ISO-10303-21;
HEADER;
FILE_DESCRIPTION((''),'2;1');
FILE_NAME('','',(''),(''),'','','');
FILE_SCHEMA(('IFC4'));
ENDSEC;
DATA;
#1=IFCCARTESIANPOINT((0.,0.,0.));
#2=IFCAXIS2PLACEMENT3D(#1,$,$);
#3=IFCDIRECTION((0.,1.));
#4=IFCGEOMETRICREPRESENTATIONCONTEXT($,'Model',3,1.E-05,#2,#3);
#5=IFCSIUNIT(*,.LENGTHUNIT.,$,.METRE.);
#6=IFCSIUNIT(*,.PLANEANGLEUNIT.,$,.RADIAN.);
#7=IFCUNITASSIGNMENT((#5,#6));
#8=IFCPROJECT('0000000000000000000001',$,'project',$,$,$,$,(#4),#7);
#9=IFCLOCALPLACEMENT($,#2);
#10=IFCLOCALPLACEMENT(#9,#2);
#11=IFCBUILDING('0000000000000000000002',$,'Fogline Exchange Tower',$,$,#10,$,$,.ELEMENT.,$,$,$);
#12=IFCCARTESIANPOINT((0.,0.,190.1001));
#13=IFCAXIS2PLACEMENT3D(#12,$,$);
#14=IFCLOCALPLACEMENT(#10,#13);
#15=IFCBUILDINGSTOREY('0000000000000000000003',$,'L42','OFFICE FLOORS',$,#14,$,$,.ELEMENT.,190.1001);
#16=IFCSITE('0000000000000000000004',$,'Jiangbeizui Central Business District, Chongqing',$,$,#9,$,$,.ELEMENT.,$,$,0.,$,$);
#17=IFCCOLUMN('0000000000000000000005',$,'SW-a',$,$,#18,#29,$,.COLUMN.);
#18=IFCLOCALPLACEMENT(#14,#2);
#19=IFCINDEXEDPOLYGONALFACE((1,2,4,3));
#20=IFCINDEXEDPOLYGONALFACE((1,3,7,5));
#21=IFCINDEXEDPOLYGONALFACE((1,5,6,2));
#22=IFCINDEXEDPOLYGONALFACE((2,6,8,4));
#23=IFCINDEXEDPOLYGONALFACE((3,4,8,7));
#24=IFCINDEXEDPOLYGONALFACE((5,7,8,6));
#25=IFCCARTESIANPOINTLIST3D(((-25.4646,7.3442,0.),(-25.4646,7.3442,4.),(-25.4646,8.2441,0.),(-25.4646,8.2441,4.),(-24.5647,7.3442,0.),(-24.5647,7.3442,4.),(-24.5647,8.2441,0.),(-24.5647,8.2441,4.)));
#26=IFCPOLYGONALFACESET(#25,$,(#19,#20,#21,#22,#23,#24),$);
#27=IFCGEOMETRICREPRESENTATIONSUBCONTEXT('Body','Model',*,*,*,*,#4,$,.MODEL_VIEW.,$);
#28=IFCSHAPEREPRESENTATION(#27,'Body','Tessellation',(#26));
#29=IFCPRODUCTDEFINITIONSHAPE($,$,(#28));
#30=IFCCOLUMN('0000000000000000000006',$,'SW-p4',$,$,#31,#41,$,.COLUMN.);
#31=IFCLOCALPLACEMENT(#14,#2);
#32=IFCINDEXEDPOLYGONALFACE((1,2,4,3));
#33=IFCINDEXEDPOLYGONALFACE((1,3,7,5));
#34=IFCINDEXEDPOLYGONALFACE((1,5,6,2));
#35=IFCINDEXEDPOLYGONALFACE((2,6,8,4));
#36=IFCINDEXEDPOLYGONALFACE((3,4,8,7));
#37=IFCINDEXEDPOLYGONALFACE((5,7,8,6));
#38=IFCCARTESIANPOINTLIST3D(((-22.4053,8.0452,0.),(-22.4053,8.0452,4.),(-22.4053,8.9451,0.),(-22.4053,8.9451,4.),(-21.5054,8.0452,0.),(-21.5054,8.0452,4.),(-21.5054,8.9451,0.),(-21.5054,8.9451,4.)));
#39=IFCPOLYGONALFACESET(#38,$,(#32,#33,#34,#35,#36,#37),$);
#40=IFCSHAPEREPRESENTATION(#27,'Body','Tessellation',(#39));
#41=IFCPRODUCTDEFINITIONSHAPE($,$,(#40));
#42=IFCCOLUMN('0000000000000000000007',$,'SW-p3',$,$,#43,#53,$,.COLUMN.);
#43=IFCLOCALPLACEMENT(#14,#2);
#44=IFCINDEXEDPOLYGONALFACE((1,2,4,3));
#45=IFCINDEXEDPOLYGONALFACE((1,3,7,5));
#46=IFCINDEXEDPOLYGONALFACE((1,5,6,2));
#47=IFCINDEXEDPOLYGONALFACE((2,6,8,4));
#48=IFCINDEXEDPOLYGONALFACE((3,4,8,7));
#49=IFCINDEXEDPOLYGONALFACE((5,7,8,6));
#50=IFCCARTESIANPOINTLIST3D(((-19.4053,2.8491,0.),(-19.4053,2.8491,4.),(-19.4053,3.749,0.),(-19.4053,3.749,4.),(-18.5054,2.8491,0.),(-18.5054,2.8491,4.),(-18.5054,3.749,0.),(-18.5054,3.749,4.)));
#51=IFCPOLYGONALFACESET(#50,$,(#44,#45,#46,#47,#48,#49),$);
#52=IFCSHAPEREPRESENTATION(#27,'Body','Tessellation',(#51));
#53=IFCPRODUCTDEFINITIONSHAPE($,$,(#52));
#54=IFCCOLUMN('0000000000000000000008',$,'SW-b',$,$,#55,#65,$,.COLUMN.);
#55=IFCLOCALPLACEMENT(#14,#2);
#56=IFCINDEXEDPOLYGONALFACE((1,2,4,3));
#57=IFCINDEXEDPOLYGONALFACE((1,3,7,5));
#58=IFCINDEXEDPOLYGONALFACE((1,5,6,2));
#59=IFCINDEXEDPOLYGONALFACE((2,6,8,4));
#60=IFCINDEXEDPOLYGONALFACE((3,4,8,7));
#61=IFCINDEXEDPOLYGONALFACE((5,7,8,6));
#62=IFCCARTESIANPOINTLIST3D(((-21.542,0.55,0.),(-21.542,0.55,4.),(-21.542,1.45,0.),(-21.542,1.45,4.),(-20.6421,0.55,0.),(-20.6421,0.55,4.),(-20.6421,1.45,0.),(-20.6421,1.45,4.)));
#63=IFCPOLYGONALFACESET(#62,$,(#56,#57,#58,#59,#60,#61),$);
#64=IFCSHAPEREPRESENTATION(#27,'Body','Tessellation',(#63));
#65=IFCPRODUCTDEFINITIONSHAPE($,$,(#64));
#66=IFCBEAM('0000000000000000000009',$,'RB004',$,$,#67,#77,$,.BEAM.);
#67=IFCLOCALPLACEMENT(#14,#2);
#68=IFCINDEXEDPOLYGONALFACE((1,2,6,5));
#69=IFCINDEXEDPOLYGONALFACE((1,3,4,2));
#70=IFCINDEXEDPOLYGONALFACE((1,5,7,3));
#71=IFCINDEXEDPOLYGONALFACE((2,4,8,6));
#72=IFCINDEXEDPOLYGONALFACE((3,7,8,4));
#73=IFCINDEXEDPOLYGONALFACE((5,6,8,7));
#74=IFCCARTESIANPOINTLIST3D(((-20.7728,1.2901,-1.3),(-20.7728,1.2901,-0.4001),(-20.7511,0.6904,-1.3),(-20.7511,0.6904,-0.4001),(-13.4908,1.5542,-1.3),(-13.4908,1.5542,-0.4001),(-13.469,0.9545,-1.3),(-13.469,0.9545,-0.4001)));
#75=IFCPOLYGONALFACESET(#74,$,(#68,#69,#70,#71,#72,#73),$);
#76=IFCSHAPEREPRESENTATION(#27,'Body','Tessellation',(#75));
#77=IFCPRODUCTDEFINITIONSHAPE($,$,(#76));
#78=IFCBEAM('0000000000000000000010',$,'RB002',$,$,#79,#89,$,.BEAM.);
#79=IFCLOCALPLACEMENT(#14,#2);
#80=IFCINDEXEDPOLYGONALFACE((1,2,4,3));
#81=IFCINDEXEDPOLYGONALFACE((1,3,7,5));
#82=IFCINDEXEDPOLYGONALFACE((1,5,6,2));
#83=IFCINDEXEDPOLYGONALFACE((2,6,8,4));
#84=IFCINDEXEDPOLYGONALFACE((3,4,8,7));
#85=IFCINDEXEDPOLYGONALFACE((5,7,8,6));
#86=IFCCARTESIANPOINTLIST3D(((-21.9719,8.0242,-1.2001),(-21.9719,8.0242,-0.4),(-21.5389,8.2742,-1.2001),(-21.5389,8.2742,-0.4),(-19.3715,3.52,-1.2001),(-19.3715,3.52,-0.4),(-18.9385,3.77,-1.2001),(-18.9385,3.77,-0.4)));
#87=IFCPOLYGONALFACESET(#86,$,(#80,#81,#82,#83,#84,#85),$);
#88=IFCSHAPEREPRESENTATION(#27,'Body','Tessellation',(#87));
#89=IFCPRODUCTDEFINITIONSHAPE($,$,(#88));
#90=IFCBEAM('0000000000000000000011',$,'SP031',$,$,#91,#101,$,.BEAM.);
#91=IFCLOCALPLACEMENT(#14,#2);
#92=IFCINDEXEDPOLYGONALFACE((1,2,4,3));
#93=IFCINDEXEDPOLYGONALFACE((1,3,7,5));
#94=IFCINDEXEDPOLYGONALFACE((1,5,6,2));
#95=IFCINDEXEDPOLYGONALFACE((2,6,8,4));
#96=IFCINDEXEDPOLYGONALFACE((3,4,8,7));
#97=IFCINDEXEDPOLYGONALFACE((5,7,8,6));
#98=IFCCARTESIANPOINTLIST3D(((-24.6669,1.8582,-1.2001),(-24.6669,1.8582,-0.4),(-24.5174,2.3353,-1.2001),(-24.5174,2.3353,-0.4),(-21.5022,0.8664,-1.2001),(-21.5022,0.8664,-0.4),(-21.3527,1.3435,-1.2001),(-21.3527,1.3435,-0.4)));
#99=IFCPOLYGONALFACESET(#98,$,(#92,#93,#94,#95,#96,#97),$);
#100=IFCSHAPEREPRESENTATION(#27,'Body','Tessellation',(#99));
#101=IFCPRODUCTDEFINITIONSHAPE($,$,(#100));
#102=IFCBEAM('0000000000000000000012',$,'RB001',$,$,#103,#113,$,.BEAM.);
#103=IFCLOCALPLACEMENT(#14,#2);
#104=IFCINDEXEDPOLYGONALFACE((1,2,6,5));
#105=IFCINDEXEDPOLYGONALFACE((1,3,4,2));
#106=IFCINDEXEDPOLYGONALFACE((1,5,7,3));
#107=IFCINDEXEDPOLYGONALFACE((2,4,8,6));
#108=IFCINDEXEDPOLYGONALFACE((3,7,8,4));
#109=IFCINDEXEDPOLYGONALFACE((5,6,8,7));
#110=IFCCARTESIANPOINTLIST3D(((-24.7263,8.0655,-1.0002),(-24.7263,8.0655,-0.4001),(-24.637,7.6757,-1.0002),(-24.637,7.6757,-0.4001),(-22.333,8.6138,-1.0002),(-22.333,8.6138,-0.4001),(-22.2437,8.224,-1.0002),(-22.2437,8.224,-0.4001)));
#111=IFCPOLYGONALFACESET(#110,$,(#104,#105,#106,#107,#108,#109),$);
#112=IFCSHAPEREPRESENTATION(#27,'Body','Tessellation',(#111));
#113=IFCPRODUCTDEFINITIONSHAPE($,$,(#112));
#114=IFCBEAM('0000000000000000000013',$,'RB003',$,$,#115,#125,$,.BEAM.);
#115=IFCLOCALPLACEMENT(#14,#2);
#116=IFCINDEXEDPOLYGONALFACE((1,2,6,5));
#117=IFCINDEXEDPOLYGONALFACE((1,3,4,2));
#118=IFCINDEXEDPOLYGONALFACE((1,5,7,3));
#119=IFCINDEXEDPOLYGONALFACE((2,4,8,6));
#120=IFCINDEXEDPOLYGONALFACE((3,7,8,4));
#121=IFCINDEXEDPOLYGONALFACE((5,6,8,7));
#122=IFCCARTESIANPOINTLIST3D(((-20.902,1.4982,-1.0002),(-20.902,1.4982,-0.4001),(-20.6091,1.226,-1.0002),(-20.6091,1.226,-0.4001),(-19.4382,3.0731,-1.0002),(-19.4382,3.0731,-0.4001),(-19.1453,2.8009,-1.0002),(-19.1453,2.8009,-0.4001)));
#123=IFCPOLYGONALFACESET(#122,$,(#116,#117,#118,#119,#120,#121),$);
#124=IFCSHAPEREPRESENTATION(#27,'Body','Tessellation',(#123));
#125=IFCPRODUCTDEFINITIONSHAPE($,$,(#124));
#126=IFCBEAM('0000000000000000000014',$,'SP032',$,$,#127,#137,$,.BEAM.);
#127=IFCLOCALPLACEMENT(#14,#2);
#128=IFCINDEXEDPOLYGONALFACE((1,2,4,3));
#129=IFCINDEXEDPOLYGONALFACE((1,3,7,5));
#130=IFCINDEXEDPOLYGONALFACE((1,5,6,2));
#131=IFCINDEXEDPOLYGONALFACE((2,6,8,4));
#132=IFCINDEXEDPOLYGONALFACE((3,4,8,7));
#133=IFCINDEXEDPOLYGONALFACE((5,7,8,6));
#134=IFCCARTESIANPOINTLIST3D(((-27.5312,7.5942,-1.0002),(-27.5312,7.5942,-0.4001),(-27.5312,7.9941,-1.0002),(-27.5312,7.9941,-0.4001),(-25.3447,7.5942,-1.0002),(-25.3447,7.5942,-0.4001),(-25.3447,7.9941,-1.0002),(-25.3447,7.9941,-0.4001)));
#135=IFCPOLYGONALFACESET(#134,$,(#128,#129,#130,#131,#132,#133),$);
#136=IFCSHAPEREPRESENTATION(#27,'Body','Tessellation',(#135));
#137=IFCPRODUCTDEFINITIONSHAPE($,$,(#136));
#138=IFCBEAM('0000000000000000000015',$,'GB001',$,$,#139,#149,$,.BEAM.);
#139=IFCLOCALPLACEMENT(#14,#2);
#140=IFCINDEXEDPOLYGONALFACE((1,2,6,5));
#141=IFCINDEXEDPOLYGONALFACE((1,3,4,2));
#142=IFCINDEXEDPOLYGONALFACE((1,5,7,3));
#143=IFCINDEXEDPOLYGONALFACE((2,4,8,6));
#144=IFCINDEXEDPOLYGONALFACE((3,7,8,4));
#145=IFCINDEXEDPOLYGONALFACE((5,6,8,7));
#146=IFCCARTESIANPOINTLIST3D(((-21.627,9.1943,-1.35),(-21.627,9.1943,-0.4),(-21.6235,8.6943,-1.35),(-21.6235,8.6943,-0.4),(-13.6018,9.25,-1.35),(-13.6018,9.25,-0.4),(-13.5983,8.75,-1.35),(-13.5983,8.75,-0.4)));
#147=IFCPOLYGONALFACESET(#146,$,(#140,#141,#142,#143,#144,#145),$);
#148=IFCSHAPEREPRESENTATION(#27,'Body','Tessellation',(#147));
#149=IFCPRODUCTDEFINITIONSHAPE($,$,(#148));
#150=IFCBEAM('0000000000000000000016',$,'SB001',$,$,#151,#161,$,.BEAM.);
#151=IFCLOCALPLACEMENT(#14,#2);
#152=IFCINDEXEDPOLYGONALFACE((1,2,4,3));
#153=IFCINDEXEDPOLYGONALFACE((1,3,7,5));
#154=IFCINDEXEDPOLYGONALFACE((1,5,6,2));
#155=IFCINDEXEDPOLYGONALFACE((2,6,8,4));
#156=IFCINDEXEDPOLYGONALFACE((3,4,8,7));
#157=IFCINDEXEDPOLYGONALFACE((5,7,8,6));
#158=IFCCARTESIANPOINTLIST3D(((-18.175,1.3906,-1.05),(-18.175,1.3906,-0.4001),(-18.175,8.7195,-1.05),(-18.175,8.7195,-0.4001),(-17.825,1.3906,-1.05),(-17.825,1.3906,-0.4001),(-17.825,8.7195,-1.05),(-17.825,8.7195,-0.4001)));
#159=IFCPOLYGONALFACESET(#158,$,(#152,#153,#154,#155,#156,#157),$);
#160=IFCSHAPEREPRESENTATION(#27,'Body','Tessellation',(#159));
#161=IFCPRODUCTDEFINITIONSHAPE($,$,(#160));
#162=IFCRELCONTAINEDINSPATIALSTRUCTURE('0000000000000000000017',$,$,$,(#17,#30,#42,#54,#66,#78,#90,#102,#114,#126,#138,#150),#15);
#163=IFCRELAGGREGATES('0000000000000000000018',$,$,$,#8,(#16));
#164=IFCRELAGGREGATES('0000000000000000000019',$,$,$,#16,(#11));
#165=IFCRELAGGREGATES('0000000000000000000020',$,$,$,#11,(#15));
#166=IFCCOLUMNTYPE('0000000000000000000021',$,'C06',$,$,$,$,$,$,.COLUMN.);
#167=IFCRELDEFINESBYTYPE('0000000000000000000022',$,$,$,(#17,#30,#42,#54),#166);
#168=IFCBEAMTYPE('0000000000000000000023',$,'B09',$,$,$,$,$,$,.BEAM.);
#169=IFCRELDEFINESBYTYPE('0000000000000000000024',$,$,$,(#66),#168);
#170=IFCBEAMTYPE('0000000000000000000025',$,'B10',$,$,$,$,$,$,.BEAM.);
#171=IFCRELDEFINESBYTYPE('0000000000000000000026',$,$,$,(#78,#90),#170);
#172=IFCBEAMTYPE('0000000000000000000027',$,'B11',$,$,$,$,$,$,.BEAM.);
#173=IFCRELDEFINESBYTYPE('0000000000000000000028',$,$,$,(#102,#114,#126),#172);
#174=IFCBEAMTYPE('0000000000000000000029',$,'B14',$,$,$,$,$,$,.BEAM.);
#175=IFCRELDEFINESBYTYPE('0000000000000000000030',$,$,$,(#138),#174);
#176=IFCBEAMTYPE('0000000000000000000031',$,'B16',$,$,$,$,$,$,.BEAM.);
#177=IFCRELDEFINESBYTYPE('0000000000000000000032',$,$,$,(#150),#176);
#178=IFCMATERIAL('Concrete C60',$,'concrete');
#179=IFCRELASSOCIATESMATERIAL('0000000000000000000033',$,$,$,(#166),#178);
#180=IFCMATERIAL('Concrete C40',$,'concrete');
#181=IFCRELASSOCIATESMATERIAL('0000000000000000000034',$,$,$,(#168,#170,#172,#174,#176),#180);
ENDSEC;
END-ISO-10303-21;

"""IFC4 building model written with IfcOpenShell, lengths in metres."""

from ifc_helpers import new_model, si_unit, direction, frame, origin, origin_2d, place, context, subcontext, project, spatial, rectangle, extrude, material, material_profile, profile_set, type_object, element, save


model = new_model("IFC4")

# Units and contexts
model_context = context("Model", 3, precision=1e-05, world=origin(), true_north=direction((0.0, 1.0)))
body_context = subcontext(model_context, "Body", "Model", "MODEL_VIEW")
ifc_project = project(units=[si_unit("LENGTHUNIT", "METRE"), si_unit("PLANEANGLEUNIT", "RADIAN")], contexts=[model_context])

# Site, building, storey
site_placement = place(None, origin())
site = spatial("IfcSite", under=ifc_project, at=site_placement, Name="Jiangbeizui Central Business District, Chongqing", CompositionType="ELEMENT", RefElevation=0.0)
building_placement = place(site_placement, origin())
building = spatial("IfcBuilding", under=site, at=building_placement, Name="Fogline Exchange Tower", CompositionType="ELEMENT")
storey_placement = place(building_placement, frame((0.0, 0.0, 190.1001)))
storey = spatial("IfcBuildingStorey", under=building, at=storey_placement, Name="L42", Description="OFFICE FLOORS", CompositionType="ELEMENT", Elevation=190.1001)

# Columns
ifc_material_1 = material(Name="Concrete C60", Category="concrete")
ifc_material_profile_1 = material_profile(ifc_material_1, rectangle(XDim=0.8999, YDim=0.8999, at=origin_2d()), Name="RC 900x900")
ifc_profile_set_1 = profile_set([ifc_material_profile_1], Name="Concrete C60")
column_type = type_object("IfcColumnType", Name="C06", PredefinedType="COLUMN", material=ifc_profile_set_1)
for number, where, z_axis, x_axis, name in (
    (1, (-25.0146, 7.7942, 0.0), (0.0, 0.0, 1.0), (1.0, 0.0, 0.0), "SW-a"),
    (2, (-21.9553, 8.4951, 0.0), (0.0, 0.0, 1.0), (1.0, 0.0, 0.0), "SW-p4"),
    (3, (-18.9553, 3.2991, 0.0), (0.0, 0.0, 1.0), (1.0, 0.0, 0.0), "SW-p3"),
    (4, (-21.092, 1.0, 0.0), (0.0, 0.0, 1.0), (1.0, 0.0, 0.0), "SW-b"),
):
    element("IfcColumn", number, at=place(storey_placement, frame(where, z_axis=z_axis, x_axis=x_axis)), inside=storey, type_object=column_type, Name=name, PredefinedType="COLUMN", context=body_context, shape_type="SweptSolid", body=[
        extrude(rectangle(XDim=0.8999, YDim=0.8999, at=origin_2d()), origin(), (0.0, 0.0, 1.0), 4.0),
    ])

# Beams
ifc_material_2 = material(Name="Concrete C40", Category="concrete")
ifc_material_profile_2 = material_profile(ifc_material_2, rectangle(XDim=0.6001, YDim=0.8999, at=origin_2d()), Name="RC 600x900")
ifc_profile_set_2 = profile_set([ifc_material_profile_2], Name="Concrete C40")
beam_type_1 = type_object("IfcBeamType", Name="B09", PredefinedType="BEAM", material=ifc_profile_set_2)
beam_1_placement = place(storey_placement, frame((-20.762, 0.9902, -0.8501), z_axis=(0.999343, 0.036252, 0.0), x_axis=(-0.036252, 0.999343, 0.0)))
element("IfcBeam", 5, at=beam_1_placement, inside=storey, type_object=beam_type_1, Name="RB004", PredefinedType="BEAM", context=body_context, shape_type="SweptSolid", body=[
    extrude(rectangle(XDim=0.6001, YDim=0.8999, at=origin_2d()), origin(), (0.0, 0.0, 1.0), 7.2869),
])
ifc_material_profile_3 = material_profile(ifc_material_2, rectangle(XDim=0.5, YDim=0.8, at=origin_2d()), Name="RC 500x800")
ifc_profile_set_3 = profile_set([ifc_material_profile_3], Name="Concrete C40")
beam_type_2 = type_object("IfcBeamType", Name="B10", PredefinedType="BEAM", material=ifc_profile_set_3)
beam_2_placement = place(storey_placement, frame((-21.7554, 8.1492, -0.8), z_axis=(0.499981, -0.866036, 0.0), x_axis=(0.866036, 0.499981, 0.0)))
element("IfcBeam", 6, at=beam_2_placement, inside=storey, type_object=beam_type_2, Name="RB002", PredefinedType="BEAM", context=body_context, shape_type="SweptSolid", body=[
    extrude(rectangle(XDim=0.5, YDim=0.8, at=origin_2d()), origin(), (0.0, 0.0, 1.0), 5.2009),
])
beam_3_placement = place(storey_placement, frame((-21.4275, 1.105, -0.8), z_axis=(-0.954241, 0.299038, 0.0), x_axis=(-0.299038, -0.954241, 0.0)))
element("IfcBeam", 7, at=beam_3_placement, inside=storey, type_object=beam_type_2, Name="SP031", PredefinedType="BEAM", context=body_context, shape_type="SweptSolid", body=[
    extrude(rectangle(XDim=0.5, YDim=0.8, at=origin_2d()), origin(), (0.0, 0.0, 1.0), 3.3164),
])
ifc_material_profile_4 = material_profile(ifc_material_2, rectangle(XDim=0.3999, YDim=0.6001, at=origin_2d()), Name="RC 400x600")
ifc_profile_set_4 = profile_set([ifc_material_profile_4], Name="Concrete C40")
beam_type_3 = type_object("IfcBeamType", Name="B11", PredefinedType="BEAM", material=ifc_profile_set_4)
beam_4_placement = place(storey_placement, frame((-24.6816, 7.8706, -0.7002), z_axis=(0.974744, 0.223327, 0.0), x_axis=(-0.223327, 0.974744, 0.0)))
element("IfcBeam", 8, at=beam_4_placement, inside=storey, type_object=beam_type_3, Name="RB001", PredefinedType="BEAM", context=body_context, shape_type="SweptSolid", body=[
    extrude(rectangle(XDim=0.3999, YDim=0.6001, at=origin_2d()), origin(), (0.0, 0.0, 1.0), 2.4553),
])
beam_5_placement = place(storey_placement, frame((-19.2917, 2.937, -0.7002), z_axis=(-0.680804, -0.732466, 0.0), x_axis=(0.732466, -0.680804, 0.0)))
element("IfcBeam", 9, at=beam_5_placement, inside=storey, type_object=beam_type_3, Name="RB003", PredefinedType="BEAM", context=body_context, shape_type="SweptSolid", body=[
    extrude(rectangle(XDim=0.3999, YDim=0.6001, at=origin_2d()), origin(), (0.0, 0.0, 1.0), 2.1501),
])
beam_6_placement = place(storey_placement, frame((-25.3447, 7.7942, -0.7002), z_axis=(-1.0, 0.0, 0.0), x_axis=(0.0, -1.0, 0.0)))
element("IfcBeam", 10, at=beam_6_placement, inside=storey, type_object=beam_type_3, Name="SP032", PredefinedType="BEAM", context=body_context, shape_type="SweptSolid", body=[
    extrude(rectangle(XDim=0.3999, YDim=0.6001, at=origin_2d()), origin(), (0.0, 0.0, 1.0), 2.1865),
])
ifc_material_profile_5 = material_profile(ifc_material_2, rectangle(XDim=0.5, YDim=0.95, at=origin_2d()), Name="RC 500x950")
ifc_profile_set_5 = profile_set([ifc_material_profile_5], Name="Concrete C40")
beam_type_4 = type_object("IfcBeamType", Name="B14", PredefinedType="BEAM", material=ifc_profile_set_5)
beam_7_placement = place(storey_placement, frame((-21.6252, 8.9443, -0.875), z_axis=(0.999976, 0.006936, 0.0), x_axis=(-0.006936, 0.999976, 0.0)))
element("IfcBeam", 11, at=beam_7_placement, inside=storey, type_object=beam_type_4, Name="GB001", PredefinedType="BEAM", context=body_context, shape_type="SweptSolid", body=[
    extrude(rectangle(XDim=0.5, YDim=0.95, at=origin_2d()), origin(), (0.0, 0.0, 1.0), 8.0254),
])
ifc_material_profile_6 = material_profile(ifc_material_2, rectangle(XDim=0.3501, YDim=0.6499, at=origin_2d()), Name="RC 350x650")
ifc_profile_set_6 = profile_set([ifc_material_profile_6], Name="Concrete C40")
beam_type_5 = type_object("IfcBeamType", Name="B16", PredefinedType="BEAM", material=ifc_profile_set_6)
beam_8_placement = place(storey_placement, frame((-18.0, 1.3906, -0.7251), z_axis=(0.0, 1.0, 0.0), x_axis=(-1.0, 0.0, 0.0)))
element("IfcBeam", 12, at=beam_8_placement, inside=storey, type_object=beam_type_5, Name="SB001", PredefinedType="BEAM", context=body_context, shape_type="SweptSolid", body=[
    extrude(rectangle(XDim=0.3501, YDim=0.6499, at=origin_2d()), origin(), (0.0, 0.0, 1.0), 7.3289),
])

save(model, "model.ifc")
